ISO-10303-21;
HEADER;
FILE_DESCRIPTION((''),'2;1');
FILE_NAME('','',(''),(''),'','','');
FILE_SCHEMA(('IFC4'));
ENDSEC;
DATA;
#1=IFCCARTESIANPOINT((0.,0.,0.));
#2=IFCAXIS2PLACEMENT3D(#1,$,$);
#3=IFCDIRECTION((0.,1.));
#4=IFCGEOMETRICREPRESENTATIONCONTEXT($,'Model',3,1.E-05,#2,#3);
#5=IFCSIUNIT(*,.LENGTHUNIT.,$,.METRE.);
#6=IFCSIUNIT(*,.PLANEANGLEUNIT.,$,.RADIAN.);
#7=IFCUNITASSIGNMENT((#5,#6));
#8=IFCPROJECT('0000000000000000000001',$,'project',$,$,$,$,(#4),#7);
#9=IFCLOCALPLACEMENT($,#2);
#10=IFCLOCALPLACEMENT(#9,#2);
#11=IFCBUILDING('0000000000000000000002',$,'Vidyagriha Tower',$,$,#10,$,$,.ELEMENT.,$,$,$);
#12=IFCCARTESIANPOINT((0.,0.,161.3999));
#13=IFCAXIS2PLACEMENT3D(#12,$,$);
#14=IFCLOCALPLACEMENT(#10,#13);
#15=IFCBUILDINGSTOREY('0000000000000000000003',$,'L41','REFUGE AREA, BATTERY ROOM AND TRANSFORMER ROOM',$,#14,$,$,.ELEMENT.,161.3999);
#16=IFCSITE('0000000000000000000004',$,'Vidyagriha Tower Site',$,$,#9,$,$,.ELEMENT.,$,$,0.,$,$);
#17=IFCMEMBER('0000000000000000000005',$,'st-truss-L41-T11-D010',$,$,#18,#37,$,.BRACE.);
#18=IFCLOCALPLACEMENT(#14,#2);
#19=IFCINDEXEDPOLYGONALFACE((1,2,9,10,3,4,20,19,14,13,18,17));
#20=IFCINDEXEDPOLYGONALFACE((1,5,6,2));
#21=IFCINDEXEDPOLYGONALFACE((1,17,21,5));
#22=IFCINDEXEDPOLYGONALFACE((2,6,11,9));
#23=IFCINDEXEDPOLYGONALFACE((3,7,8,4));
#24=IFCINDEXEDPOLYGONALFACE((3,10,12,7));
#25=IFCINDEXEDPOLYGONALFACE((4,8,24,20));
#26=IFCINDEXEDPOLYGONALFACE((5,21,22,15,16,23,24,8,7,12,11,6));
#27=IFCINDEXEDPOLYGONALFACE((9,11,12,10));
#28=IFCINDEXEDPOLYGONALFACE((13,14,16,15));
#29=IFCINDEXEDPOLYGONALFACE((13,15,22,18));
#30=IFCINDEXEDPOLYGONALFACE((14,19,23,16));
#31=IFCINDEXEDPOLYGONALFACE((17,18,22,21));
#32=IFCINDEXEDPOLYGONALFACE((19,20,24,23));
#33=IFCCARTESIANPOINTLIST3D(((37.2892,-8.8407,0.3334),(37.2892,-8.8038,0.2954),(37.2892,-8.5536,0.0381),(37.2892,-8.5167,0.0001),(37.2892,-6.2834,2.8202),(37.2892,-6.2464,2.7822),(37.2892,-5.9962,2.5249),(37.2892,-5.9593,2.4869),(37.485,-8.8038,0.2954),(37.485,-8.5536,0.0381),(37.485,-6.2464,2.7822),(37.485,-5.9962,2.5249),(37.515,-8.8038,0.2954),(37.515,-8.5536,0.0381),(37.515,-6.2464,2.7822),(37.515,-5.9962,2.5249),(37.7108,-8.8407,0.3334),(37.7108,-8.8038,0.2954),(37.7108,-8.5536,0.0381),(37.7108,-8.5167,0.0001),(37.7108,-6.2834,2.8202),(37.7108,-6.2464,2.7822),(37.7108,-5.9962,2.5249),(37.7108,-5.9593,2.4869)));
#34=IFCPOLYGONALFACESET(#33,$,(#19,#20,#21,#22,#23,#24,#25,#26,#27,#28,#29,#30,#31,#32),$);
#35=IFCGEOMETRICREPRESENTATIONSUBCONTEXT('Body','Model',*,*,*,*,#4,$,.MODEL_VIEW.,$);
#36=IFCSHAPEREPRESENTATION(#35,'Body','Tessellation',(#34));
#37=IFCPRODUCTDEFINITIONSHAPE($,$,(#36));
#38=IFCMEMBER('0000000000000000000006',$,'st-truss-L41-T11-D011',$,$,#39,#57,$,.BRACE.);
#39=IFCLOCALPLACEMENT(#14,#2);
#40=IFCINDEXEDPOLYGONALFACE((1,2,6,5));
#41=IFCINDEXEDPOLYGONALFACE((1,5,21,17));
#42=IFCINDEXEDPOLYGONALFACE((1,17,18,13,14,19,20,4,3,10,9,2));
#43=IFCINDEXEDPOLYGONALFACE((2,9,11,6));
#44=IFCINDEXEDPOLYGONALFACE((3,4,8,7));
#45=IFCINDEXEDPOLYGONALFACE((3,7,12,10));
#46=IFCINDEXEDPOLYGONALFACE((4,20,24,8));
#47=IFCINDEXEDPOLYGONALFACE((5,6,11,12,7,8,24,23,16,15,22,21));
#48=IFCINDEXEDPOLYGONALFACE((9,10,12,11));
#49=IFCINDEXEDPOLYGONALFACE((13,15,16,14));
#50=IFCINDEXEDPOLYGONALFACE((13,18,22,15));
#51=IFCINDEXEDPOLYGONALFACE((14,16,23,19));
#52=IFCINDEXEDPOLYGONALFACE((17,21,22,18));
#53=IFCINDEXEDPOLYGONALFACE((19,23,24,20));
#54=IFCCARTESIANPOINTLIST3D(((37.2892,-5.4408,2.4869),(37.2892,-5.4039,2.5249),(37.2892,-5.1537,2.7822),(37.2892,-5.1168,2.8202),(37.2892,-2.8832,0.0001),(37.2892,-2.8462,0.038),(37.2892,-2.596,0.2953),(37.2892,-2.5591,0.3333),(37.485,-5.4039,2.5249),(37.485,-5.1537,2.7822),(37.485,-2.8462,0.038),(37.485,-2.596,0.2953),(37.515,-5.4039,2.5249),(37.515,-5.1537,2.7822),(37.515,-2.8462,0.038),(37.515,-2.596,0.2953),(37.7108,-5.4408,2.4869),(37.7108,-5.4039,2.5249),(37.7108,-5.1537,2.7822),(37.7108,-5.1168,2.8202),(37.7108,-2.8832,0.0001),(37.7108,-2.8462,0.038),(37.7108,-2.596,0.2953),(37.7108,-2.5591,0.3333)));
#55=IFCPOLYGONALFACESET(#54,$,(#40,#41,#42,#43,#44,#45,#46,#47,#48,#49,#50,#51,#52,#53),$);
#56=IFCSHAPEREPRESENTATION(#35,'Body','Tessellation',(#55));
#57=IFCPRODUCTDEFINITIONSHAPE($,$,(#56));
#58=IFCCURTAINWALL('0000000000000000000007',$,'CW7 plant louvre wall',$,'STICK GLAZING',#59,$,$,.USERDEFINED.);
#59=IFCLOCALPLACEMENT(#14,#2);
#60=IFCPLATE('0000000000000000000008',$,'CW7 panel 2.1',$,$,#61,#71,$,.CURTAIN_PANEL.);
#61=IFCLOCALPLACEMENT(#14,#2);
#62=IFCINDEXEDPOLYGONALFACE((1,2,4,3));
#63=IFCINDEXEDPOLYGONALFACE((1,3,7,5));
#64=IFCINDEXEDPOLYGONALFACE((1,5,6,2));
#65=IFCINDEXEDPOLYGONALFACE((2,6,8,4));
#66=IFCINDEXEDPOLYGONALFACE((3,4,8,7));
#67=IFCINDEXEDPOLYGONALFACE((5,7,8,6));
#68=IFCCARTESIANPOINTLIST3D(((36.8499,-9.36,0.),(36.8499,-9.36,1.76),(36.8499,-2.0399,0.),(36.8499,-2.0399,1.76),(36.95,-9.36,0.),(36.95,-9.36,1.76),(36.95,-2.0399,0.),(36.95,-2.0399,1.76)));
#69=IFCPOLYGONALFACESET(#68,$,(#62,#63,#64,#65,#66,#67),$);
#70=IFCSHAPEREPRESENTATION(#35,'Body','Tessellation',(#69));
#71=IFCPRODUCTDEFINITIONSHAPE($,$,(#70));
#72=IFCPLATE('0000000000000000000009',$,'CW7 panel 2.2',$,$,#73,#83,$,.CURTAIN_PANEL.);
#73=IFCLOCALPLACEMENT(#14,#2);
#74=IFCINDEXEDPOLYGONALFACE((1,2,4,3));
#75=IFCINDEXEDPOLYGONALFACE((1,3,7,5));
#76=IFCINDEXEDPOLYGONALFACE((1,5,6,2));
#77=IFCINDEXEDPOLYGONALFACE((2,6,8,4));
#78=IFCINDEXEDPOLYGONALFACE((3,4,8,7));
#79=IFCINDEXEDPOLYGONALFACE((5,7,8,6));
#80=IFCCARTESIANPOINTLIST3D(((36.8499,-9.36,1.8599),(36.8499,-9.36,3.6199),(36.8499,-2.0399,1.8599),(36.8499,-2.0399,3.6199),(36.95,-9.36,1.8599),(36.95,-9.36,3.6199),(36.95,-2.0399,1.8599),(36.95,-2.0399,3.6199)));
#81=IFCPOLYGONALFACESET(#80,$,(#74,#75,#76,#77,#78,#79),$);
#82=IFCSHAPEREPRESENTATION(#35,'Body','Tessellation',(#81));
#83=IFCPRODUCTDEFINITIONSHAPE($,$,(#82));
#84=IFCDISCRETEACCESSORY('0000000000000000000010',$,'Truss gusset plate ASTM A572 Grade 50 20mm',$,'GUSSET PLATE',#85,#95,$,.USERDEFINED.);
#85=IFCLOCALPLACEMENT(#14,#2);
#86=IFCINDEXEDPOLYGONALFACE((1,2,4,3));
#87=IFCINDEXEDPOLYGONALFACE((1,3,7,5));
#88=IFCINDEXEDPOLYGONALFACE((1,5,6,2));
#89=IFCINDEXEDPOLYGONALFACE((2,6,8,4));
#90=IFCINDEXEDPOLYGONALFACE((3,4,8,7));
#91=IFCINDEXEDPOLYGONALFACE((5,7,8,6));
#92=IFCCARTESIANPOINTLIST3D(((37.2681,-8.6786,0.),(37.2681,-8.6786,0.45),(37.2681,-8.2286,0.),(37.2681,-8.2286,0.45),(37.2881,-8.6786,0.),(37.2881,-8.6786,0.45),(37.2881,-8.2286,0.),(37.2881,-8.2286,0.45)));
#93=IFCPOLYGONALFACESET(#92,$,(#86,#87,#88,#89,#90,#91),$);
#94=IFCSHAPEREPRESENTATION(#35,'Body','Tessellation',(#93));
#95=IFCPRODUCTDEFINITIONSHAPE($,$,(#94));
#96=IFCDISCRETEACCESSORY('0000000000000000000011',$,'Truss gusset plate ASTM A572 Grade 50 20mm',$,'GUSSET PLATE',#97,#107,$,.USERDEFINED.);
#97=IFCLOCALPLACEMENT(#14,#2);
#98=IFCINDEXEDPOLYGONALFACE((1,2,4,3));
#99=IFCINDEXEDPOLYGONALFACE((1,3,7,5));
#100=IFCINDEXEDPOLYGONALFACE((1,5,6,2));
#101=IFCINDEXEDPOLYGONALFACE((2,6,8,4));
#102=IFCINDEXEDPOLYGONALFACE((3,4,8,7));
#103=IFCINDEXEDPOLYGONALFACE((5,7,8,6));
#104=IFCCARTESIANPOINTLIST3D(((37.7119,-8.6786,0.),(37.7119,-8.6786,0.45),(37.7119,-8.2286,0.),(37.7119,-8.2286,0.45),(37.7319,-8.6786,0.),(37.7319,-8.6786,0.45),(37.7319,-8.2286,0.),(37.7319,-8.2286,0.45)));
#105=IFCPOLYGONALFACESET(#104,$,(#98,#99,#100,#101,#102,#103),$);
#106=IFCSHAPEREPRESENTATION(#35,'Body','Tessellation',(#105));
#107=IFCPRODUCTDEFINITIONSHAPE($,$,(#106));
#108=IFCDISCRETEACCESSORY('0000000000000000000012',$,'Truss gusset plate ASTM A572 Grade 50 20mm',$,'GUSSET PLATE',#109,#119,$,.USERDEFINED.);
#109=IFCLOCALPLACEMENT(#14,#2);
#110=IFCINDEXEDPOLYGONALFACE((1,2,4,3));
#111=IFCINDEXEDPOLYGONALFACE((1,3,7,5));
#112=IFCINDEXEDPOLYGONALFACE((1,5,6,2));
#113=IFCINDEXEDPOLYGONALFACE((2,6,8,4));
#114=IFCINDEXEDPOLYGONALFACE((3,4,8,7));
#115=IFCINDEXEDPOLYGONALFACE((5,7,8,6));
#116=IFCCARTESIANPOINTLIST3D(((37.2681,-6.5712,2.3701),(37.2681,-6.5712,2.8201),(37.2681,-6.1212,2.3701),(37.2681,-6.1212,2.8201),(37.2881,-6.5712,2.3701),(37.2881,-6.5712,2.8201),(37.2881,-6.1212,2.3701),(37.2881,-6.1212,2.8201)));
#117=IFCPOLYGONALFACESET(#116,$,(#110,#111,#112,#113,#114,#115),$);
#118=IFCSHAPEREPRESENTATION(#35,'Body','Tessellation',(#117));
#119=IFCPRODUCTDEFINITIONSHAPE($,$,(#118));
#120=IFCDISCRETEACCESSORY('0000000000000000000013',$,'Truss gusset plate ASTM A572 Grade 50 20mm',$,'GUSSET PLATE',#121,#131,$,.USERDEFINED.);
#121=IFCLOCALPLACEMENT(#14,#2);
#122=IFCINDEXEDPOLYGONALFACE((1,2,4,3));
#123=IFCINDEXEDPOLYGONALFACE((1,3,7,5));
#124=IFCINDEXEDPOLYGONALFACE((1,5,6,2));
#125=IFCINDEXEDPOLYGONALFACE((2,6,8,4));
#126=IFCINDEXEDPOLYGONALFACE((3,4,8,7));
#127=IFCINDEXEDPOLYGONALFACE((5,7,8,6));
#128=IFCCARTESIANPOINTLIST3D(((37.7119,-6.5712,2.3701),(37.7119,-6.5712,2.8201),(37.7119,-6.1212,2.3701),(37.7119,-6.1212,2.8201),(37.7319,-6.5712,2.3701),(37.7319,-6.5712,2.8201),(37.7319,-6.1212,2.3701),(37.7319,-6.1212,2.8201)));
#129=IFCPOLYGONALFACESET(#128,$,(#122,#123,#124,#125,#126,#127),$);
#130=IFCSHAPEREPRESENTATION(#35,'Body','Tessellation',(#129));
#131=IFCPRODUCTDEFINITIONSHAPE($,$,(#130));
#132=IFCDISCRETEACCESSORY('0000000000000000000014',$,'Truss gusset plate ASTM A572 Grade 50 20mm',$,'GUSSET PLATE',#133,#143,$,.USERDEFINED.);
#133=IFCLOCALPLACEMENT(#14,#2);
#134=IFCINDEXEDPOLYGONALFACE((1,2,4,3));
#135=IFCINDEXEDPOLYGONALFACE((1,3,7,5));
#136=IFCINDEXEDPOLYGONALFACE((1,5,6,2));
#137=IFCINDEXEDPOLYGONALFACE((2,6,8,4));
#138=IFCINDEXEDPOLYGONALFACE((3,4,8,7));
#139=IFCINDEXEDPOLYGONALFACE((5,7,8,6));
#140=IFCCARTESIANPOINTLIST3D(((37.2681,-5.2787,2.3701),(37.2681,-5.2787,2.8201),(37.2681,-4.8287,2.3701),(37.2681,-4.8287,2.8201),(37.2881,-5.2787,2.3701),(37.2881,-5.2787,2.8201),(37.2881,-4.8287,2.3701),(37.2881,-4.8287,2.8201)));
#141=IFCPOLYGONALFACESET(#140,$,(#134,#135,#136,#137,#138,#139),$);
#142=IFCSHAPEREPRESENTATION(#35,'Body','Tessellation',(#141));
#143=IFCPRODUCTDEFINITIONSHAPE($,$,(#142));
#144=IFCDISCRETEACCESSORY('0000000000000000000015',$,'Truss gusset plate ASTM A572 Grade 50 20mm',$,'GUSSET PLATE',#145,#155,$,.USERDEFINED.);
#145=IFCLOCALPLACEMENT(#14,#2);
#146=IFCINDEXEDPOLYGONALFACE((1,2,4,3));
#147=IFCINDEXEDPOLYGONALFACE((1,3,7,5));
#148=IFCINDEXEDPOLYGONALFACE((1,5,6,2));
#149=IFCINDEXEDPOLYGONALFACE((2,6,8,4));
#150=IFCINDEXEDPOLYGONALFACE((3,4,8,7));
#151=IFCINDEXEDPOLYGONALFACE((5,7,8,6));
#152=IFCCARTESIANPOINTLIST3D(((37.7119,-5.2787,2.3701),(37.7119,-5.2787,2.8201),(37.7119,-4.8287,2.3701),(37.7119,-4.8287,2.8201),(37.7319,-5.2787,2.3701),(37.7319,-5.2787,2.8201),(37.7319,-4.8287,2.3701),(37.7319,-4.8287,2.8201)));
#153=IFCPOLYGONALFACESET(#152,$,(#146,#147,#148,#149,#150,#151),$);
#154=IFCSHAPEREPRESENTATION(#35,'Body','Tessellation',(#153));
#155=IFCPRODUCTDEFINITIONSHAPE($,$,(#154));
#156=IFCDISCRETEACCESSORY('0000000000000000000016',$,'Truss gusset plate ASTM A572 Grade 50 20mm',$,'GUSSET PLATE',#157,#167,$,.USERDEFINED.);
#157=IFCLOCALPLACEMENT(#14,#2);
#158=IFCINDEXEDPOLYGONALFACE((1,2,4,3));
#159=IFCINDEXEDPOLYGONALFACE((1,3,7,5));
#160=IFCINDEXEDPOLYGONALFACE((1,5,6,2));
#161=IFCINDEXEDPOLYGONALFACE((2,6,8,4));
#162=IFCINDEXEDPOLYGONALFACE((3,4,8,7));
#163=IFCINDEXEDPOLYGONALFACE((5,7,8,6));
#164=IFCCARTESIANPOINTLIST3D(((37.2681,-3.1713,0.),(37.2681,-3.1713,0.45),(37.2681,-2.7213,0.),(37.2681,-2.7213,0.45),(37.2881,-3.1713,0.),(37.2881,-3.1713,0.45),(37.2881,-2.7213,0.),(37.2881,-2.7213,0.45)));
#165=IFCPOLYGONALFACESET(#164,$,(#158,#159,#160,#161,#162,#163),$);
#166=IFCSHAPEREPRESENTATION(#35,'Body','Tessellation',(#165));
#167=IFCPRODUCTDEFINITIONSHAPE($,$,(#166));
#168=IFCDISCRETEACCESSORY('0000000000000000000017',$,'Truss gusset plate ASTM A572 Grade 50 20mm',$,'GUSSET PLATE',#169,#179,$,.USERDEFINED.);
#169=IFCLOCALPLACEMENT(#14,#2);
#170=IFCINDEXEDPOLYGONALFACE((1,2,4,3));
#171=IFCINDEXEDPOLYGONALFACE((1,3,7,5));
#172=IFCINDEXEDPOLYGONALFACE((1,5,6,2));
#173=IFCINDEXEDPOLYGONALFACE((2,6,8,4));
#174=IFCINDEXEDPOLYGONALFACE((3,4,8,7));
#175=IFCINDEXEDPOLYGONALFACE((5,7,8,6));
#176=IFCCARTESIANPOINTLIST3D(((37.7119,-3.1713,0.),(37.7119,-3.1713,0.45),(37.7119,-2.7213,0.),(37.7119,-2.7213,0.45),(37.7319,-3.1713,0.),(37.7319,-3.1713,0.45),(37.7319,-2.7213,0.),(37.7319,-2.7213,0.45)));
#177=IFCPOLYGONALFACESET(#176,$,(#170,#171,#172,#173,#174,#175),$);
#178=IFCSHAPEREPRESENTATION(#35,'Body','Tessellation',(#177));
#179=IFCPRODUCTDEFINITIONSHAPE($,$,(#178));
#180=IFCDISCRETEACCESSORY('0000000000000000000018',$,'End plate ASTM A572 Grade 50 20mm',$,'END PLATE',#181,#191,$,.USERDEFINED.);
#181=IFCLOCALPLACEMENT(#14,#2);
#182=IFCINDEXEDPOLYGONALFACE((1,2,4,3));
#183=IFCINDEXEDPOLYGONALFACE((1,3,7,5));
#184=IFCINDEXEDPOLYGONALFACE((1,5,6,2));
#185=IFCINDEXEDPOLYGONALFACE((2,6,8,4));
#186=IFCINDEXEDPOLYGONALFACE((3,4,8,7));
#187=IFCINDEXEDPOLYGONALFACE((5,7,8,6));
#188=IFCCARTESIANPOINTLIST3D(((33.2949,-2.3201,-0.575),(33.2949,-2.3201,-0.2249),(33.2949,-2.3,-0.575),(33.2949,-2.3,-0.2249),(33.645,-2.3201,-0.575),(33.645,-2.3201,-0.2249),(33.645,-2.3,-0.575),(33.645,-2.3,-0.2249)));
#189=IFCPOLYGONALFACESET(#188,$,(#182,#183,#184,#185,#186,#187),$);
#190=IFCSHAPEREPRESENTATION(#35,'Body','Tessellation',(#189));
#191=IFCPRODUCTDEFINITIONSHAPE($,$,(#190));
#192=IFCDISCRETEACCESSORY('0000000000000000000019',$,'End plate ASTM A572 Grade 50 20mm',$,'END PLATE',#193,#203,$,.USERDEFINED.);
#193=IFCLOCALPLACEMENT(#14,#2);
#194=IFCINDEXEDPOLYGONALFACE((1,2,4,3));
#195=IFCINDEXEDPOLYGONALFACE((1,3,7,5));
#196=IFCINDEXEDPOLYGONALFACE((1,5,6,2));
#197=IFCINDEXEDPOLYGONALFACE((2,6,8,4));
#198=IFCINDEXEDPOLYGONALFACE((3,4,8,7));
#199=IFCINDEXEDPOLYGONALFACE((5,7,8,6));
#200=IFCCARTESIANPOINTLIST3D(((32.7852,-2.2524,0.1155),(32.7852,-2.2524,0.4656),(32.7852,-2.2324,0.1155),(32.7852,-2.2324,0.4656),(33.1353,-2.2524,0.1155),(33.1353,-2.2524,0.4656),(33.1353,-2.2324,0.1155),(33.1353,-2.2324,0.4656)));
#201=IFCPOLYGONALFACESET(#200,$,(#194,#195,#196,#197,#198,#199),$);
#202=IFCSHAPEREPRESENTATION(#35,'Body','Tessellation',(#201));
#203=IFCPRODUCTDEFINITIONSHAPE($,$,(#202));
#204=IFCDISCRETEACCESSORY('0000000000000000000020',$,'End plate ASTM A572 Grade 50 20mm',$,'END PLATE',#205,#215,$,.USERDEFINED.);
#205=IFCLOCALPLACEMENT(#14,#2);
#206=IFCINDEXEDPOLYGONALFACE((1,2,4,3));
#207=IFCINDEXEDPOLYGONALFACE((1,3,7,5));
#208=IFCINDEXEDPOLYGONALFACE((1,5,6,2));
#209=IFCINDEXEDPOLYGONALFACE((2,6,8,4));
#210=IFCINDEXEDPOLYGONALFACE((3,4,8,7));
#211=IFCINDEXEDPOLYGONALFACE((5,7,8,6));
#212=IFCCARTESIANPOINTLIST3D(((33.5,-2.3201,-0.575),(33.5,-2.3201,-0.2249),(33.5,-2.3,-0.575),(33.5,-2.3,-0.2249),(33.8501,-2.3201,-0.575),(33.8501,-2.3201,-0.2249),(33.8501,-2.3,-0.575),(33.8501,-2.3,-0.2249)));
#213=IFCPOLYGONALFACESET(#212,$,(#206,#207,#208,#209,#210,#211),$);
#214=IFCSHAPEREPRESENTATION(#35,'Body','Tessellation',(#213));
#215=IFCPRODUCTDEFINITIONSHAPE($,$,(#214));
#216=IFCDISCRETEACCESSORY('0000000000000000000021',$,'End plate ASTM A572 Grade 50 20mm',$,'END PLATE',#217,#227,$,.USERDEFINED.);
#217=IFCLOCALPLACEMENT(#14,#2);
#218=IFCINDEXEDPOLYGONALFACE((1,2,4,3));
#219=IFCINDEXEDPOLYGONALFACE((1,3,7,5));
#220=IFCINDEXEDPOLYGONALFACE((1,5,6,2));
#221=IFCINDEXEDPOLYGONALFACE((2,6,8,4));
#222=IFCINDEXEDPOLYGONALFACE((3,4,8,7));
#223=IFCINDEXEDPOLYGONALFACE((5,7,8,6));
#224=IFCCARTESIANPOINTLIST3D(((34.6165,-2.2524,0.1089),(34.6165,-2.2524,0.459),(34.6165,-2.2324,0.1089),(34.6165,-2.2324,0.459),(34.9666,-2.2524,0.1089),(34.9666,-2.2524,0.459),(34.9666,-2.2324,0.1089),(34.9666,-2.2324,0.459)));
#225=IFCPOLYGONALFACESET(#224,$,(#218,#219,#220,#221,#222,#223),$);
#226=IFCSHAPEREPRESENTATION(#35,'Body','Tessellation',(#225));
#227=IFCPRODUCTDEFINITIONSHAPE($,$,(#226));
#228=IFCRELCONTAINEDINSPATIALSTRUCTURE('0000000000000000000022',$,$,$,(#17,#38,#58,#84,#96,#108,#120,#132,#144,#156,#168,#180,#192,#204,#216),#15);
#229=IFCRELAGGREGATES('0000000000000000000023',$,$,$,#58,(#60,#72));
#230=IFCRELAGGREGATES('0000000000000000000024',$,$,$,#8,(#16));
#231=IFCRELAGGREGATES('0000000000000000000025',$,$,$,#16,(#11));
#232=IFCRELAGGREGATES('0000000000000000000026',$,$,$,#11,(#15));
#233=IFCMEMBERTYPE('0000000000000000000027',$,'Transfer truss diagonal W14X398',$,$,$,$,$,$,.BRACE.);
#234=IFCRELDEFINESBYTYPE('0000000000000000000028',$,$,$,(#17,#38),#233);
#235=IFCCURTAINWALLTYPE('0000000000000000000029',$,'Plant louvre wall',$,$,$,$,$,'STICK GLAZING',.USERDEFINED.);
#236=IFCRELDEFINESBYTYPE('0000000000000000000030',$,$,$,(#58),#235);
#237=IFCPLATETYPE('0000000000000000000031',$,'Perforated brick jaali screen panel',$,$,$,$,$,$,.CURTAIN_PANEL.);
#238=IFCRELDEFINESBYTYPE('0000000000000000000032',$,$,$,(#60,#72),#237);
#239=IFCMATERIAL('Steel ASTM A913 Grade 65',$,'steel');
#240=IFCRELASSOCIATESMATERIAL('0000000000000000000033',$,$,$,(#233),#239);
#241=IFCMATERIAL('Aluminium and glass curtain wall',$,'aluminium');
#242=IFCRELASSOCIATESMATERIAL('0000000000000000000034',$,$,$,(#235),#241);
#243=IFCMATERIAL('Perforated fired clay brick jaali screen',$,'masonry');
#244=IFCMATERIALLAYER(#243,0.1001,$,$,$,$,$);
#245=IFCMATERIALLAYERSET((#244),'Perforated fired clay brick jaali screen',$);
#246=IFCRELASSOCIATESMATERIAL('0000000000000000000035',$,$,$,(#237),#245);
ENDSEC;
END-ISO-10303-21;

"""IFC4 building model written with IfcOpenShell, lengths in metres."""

from ifc_helpers import new_model, si_unit, direction, frame, origin, origin_2d, place, context, subcontext, project, spatial, rectangle, i_section, extrude, material, layer, layer_set, material_profile, profile_set, type_object, element, aggregate, save


model = new_model("IFC4")

# Units and contexts
model_context = context("Model", 3, precision=1e-05, world=origin(), true_north=direction((0.0, 1.0)))
body_context = subcontext(model_context, "Body", "Model", "MODEL_VIEW")
ifc_project = project(units=[si_unit("LENGTHUNIT", "METRE"), si_unit("PLANEANGLEUNIT", "RADIAN")], contexts=[model_context])

# Site, building, storey
site_placement = place(None, origin())
site = spatial("IfcSite", under=ifc_project, at=site_placement, Name="Vidyagriha Tower Site", CompositionType="ELEMENT", RefElevation=0.0)
building_placement = place(site_placement, origin())
building = spatial("IfcBuilding", under=site, at=building_placement, Name="Vidyagriha Tower", CompositionType="ELEMENT")
storey_placement = place(building_placement, frame((0.0, 0.0, 161.3999)))
storey = spatial("IfcBuildingStorey", under=building, at=storey_placement, Name="L41", Description="REFUGE AREA, BATTERY ROOM AND TRANSFORMER ROOM", CompositionType="ELEMENT", Elevation=161.3999)

# Members
ifc_material_1 = material(Name="Steel ASTM A913 Grade 65", Category="steel")
ifc_material_profile = material_profile(ifc_material_1, i_section(OverallWidth=0.4216, OverallDepth=0.4648, WebThickness=0.03, FlangeThickness=0.053, at=origin_2d()), Name="W14X398")
ifc_profile_set = profile_set([ifc_material_profile], Name="Steel ASTM A913 Grade 65")
member_type = type_object("IfcMemberType", Name="Transfer truss diagonal W14X398", PredefinedType="BRACE", material=ifc_profile_set)
member_1_placement = place(storey_placement, frame((37.5, -8.6787, 0.1667), z_axis=(0.0, 0.716927, 0.697148), x_axis=(-1.0, 0.0, 0.0)))
element("IfcMember", 1, at=member_1_placement, inside=storey, type_object=member_type, Name="st-truss-L41-T11-D010", PredefinedType="BRACE", context=body_context, shape_type="SweptSolid", body=[
    extrude(i_section(OverallWidth=0.4216, OverallDepth=0.4648, WebThickness=0.03, FlangeThickness=0.053, at=origin_2d()), origin(), (0.0, 0.0, 1.0), 3.5671),
])
member_2_placement = place(storey_placement, frame((37.5, -5.2788, 2.6536), z_axis=(0.0, 0.716961, -0.697114), x_axis=(-1.0, 0.0, 0.0)))
element("IfcMember", 2, at=member_2_placement, inside=storey, type_object=member_type, Name="st-truss-L41-T11-D011", PredefinedType="BRACE", context=body_context, shape_type="SweptSolid", body=[
    extrude(i_section(OverallWidth=0.4216, OverallDepth=0.4648, WebThickness=0.03, FlangeThickness=0.053, at=origin_2d()), origin(), (0.0, 0.0, 1.0), 3.5674),
])

# Curtain wall, plates
ifc_material_2 = material(Name="Aluminium and glass curtain wall", Category="aluminium")
curtain_wall_type = type_object("IfcCurtainWallType", Name="Plant louvre wall", ElementType="STICK GLAZING", PredefinedType="USERDEFINED", material=ifc_material_2)
curtain_wall_placement = place(storey_placement, origin())
curtain_wall = element("IfcCurtainWall", 3, at=curtain_wall_placement, inside=storey, type_object=curtain_wall_type, Name="CW7 plant louvre wall", ObjectType="STICK GLAZING", PredefinedType="USERDEFINED")
ifc_material_3 = material(Name="Perforated fired clay brick jaali screen", Category="masonry")
ifc_layer = layer(ifc_material_3, 0.1001)
ifc_layer_set = layer_set([ifc_layer], Name="Perforated fired clay brick jaali screen")
plate_type = type_object("IfcPlateType", Name="Perforated brick jaali screen panel", PredefinedType="CURTAIN_PANEL", material=ifc_layer_set)
plate_1_placement = place(storey_placement, frame((36.8999, -5.7, 0.0), z_axis=(0.0, 0.0, 1.0), x_axis=(0.0, 1.0, 0.0)))
plate_1 = element("IfcPlate", 4, at=plate_1_placement, type_object=plate_type, Name="CW7 panel 2.1", PredefinedType="CURTAIN_PANEL", context=body_context, shape_type="SweptSolid", body=[
    extrude(rectangle(XDim=7.3201, YDim=0.1001, at=origin_2d()), origin(), (0.0, 0.0, 1.0), 1.76),
])
plate_2_placement = place(storey_placement, frame((36.8999, -5.7, 1.8599), z_axis=(0.0, 0.0, 1.0), x_axis=(0.0, 1.0, 0.0)))
plate_2 = element("IfcPlate", 5, at=plate_2_placement, type_object=plate_type, Name="CW7 panel 2.2", PredefinedType="CURTAIN_PANEL", context=body_context, shape_type="SweptSolid", body=[
    extrude(rectangle(XDim=7.3201, YDim=0.1001, at=origin_2d()), origin(), (0.0, 0.0, 1.0), 1.76),
])
aggregate(curtain_wall, [plate_1, plate_2])

# Discrete accessories
for number, where, z_axis, x_axis, name in (
    (6, (37.2781, -8.4536, 0.0), (0.0, 0.0, 1.0), (0.0, 1.0, 0.0), "Truss gusset plate ASTM A572 Grade 50 20mm"),
    (7, (37.7219, -8.4536, 0.0), (0.0, 0.0, 1.0), (0.0, 1.0, 0.0), "Truss gusset plate ASTM A572 Grade 50 20mm"),
    (8, (37.2781, -6.3462, 2.3701), (0.0, 0.0, 1.0), (0.0, 1.0, 0.0), "Truss gusset plate ASTM A572 Grade 50 20mm"),
    (9, (37.7219, -6.3462, 2.3701), (0.0, 0.0, 1.0), (0.0, 1.0, 0.0), "Truss gusset plate ASTM A572 Grade 50 20mm"),
    (10, (37.2781, -5.0537, 2.3701), (0.0, 0.0, 1.0), (0.0, 1.0, 0.0), "Truss gusset plate ASTM A572 Grade 50 20mm"),
    (11, (37.7219, -5.0537, 2.3701), (0.0, 0.0, 1.0), (0.0, 1.0, 0.0), "Truss gusset plate ASTM A572 Grade 50 20mm"),
    (12, (37.2781, -2.9463, 0.0), (0.0, 0.0, 1.0), (0.0, 1.0, 0.0), "Truss gusset plate ASTM A572 Grade 50 20mm"),
    (13, (37.7219, -2.9463, 0.0), (0.0, 0.0, 1.0), (0.0, 1.0, 0.0), "Truss gusset plate ASTM A572 Grade 50 20mm"),
):
    element("IfcDiscreteAccessory", number, at=place(storey_placement, frame(where, z_axis=z_axis, x_axis=x_axis)), inside=storey, Name=name, ObjectType="GUSSET PLATE", PredefinedType="USERDEFINED", context=body_context, shape_type="SweptSolid", body=[
        extrude(rectangle(XDim=0.45, YDim=0.02, at=origin_2d()), origin(), (0.0, 0.0, 1.0), 0.45),
    ])
for number, where, name in (
    (14, (33.47, -2.3101, -0.575), "End plate ASTM A572 Grade 50 20mm"),
    (15, (32.9602, -2.2424, 0.1155), "End plate ASTM A572 Grade 50 20mm"),
):
    element("IfcDiscreteAccessory", number, at=place(storey_placement, frame(where)), inside=storey, Name=name, ObjectType="END PLATE", PredefinedType="USERDEFINED", context=body_context, shape_type="SweptSolid", body=[
        extrude(rectangle(XDim=0.3501, YDim=0.02, at=origin_2d()), origin(), (0.0, 0.0, 1.0), 0.3501),
    ])
for number, where, z_axis, x_axis, name in (
    (16, (33.675, -2.3101, -0.575), (0.0, 0.0, 1.0), (-1.0, 0.0, 0.0), "End plate ASTM A572 Grade 50 20mm"),
    (17, (34.7915, -2.2424, 0.1089), (0.0, 0.0, 1.0), (-1.0, 0.0, 0.0), "End plate ASTM A572 Grade 50 20mm"),
):
    element("IfcDiscreteAccessory", number, at=place(storey_placement, frame(where, z_axis=z_axis, x_axis=x_axis)), inside=storey, Name=name, ObjectType="END PLATE", PredefinedType="USERDEFINED", context=body_context, shape_type="SweptSolid", body=[
        extrude(rectangle(XDim=0.3501, YDim=0.02, at=origin_2d()), origin(), (0.0, 0.0, 1.0), 0.3501),
    ])

save(model, "model.ifc")
